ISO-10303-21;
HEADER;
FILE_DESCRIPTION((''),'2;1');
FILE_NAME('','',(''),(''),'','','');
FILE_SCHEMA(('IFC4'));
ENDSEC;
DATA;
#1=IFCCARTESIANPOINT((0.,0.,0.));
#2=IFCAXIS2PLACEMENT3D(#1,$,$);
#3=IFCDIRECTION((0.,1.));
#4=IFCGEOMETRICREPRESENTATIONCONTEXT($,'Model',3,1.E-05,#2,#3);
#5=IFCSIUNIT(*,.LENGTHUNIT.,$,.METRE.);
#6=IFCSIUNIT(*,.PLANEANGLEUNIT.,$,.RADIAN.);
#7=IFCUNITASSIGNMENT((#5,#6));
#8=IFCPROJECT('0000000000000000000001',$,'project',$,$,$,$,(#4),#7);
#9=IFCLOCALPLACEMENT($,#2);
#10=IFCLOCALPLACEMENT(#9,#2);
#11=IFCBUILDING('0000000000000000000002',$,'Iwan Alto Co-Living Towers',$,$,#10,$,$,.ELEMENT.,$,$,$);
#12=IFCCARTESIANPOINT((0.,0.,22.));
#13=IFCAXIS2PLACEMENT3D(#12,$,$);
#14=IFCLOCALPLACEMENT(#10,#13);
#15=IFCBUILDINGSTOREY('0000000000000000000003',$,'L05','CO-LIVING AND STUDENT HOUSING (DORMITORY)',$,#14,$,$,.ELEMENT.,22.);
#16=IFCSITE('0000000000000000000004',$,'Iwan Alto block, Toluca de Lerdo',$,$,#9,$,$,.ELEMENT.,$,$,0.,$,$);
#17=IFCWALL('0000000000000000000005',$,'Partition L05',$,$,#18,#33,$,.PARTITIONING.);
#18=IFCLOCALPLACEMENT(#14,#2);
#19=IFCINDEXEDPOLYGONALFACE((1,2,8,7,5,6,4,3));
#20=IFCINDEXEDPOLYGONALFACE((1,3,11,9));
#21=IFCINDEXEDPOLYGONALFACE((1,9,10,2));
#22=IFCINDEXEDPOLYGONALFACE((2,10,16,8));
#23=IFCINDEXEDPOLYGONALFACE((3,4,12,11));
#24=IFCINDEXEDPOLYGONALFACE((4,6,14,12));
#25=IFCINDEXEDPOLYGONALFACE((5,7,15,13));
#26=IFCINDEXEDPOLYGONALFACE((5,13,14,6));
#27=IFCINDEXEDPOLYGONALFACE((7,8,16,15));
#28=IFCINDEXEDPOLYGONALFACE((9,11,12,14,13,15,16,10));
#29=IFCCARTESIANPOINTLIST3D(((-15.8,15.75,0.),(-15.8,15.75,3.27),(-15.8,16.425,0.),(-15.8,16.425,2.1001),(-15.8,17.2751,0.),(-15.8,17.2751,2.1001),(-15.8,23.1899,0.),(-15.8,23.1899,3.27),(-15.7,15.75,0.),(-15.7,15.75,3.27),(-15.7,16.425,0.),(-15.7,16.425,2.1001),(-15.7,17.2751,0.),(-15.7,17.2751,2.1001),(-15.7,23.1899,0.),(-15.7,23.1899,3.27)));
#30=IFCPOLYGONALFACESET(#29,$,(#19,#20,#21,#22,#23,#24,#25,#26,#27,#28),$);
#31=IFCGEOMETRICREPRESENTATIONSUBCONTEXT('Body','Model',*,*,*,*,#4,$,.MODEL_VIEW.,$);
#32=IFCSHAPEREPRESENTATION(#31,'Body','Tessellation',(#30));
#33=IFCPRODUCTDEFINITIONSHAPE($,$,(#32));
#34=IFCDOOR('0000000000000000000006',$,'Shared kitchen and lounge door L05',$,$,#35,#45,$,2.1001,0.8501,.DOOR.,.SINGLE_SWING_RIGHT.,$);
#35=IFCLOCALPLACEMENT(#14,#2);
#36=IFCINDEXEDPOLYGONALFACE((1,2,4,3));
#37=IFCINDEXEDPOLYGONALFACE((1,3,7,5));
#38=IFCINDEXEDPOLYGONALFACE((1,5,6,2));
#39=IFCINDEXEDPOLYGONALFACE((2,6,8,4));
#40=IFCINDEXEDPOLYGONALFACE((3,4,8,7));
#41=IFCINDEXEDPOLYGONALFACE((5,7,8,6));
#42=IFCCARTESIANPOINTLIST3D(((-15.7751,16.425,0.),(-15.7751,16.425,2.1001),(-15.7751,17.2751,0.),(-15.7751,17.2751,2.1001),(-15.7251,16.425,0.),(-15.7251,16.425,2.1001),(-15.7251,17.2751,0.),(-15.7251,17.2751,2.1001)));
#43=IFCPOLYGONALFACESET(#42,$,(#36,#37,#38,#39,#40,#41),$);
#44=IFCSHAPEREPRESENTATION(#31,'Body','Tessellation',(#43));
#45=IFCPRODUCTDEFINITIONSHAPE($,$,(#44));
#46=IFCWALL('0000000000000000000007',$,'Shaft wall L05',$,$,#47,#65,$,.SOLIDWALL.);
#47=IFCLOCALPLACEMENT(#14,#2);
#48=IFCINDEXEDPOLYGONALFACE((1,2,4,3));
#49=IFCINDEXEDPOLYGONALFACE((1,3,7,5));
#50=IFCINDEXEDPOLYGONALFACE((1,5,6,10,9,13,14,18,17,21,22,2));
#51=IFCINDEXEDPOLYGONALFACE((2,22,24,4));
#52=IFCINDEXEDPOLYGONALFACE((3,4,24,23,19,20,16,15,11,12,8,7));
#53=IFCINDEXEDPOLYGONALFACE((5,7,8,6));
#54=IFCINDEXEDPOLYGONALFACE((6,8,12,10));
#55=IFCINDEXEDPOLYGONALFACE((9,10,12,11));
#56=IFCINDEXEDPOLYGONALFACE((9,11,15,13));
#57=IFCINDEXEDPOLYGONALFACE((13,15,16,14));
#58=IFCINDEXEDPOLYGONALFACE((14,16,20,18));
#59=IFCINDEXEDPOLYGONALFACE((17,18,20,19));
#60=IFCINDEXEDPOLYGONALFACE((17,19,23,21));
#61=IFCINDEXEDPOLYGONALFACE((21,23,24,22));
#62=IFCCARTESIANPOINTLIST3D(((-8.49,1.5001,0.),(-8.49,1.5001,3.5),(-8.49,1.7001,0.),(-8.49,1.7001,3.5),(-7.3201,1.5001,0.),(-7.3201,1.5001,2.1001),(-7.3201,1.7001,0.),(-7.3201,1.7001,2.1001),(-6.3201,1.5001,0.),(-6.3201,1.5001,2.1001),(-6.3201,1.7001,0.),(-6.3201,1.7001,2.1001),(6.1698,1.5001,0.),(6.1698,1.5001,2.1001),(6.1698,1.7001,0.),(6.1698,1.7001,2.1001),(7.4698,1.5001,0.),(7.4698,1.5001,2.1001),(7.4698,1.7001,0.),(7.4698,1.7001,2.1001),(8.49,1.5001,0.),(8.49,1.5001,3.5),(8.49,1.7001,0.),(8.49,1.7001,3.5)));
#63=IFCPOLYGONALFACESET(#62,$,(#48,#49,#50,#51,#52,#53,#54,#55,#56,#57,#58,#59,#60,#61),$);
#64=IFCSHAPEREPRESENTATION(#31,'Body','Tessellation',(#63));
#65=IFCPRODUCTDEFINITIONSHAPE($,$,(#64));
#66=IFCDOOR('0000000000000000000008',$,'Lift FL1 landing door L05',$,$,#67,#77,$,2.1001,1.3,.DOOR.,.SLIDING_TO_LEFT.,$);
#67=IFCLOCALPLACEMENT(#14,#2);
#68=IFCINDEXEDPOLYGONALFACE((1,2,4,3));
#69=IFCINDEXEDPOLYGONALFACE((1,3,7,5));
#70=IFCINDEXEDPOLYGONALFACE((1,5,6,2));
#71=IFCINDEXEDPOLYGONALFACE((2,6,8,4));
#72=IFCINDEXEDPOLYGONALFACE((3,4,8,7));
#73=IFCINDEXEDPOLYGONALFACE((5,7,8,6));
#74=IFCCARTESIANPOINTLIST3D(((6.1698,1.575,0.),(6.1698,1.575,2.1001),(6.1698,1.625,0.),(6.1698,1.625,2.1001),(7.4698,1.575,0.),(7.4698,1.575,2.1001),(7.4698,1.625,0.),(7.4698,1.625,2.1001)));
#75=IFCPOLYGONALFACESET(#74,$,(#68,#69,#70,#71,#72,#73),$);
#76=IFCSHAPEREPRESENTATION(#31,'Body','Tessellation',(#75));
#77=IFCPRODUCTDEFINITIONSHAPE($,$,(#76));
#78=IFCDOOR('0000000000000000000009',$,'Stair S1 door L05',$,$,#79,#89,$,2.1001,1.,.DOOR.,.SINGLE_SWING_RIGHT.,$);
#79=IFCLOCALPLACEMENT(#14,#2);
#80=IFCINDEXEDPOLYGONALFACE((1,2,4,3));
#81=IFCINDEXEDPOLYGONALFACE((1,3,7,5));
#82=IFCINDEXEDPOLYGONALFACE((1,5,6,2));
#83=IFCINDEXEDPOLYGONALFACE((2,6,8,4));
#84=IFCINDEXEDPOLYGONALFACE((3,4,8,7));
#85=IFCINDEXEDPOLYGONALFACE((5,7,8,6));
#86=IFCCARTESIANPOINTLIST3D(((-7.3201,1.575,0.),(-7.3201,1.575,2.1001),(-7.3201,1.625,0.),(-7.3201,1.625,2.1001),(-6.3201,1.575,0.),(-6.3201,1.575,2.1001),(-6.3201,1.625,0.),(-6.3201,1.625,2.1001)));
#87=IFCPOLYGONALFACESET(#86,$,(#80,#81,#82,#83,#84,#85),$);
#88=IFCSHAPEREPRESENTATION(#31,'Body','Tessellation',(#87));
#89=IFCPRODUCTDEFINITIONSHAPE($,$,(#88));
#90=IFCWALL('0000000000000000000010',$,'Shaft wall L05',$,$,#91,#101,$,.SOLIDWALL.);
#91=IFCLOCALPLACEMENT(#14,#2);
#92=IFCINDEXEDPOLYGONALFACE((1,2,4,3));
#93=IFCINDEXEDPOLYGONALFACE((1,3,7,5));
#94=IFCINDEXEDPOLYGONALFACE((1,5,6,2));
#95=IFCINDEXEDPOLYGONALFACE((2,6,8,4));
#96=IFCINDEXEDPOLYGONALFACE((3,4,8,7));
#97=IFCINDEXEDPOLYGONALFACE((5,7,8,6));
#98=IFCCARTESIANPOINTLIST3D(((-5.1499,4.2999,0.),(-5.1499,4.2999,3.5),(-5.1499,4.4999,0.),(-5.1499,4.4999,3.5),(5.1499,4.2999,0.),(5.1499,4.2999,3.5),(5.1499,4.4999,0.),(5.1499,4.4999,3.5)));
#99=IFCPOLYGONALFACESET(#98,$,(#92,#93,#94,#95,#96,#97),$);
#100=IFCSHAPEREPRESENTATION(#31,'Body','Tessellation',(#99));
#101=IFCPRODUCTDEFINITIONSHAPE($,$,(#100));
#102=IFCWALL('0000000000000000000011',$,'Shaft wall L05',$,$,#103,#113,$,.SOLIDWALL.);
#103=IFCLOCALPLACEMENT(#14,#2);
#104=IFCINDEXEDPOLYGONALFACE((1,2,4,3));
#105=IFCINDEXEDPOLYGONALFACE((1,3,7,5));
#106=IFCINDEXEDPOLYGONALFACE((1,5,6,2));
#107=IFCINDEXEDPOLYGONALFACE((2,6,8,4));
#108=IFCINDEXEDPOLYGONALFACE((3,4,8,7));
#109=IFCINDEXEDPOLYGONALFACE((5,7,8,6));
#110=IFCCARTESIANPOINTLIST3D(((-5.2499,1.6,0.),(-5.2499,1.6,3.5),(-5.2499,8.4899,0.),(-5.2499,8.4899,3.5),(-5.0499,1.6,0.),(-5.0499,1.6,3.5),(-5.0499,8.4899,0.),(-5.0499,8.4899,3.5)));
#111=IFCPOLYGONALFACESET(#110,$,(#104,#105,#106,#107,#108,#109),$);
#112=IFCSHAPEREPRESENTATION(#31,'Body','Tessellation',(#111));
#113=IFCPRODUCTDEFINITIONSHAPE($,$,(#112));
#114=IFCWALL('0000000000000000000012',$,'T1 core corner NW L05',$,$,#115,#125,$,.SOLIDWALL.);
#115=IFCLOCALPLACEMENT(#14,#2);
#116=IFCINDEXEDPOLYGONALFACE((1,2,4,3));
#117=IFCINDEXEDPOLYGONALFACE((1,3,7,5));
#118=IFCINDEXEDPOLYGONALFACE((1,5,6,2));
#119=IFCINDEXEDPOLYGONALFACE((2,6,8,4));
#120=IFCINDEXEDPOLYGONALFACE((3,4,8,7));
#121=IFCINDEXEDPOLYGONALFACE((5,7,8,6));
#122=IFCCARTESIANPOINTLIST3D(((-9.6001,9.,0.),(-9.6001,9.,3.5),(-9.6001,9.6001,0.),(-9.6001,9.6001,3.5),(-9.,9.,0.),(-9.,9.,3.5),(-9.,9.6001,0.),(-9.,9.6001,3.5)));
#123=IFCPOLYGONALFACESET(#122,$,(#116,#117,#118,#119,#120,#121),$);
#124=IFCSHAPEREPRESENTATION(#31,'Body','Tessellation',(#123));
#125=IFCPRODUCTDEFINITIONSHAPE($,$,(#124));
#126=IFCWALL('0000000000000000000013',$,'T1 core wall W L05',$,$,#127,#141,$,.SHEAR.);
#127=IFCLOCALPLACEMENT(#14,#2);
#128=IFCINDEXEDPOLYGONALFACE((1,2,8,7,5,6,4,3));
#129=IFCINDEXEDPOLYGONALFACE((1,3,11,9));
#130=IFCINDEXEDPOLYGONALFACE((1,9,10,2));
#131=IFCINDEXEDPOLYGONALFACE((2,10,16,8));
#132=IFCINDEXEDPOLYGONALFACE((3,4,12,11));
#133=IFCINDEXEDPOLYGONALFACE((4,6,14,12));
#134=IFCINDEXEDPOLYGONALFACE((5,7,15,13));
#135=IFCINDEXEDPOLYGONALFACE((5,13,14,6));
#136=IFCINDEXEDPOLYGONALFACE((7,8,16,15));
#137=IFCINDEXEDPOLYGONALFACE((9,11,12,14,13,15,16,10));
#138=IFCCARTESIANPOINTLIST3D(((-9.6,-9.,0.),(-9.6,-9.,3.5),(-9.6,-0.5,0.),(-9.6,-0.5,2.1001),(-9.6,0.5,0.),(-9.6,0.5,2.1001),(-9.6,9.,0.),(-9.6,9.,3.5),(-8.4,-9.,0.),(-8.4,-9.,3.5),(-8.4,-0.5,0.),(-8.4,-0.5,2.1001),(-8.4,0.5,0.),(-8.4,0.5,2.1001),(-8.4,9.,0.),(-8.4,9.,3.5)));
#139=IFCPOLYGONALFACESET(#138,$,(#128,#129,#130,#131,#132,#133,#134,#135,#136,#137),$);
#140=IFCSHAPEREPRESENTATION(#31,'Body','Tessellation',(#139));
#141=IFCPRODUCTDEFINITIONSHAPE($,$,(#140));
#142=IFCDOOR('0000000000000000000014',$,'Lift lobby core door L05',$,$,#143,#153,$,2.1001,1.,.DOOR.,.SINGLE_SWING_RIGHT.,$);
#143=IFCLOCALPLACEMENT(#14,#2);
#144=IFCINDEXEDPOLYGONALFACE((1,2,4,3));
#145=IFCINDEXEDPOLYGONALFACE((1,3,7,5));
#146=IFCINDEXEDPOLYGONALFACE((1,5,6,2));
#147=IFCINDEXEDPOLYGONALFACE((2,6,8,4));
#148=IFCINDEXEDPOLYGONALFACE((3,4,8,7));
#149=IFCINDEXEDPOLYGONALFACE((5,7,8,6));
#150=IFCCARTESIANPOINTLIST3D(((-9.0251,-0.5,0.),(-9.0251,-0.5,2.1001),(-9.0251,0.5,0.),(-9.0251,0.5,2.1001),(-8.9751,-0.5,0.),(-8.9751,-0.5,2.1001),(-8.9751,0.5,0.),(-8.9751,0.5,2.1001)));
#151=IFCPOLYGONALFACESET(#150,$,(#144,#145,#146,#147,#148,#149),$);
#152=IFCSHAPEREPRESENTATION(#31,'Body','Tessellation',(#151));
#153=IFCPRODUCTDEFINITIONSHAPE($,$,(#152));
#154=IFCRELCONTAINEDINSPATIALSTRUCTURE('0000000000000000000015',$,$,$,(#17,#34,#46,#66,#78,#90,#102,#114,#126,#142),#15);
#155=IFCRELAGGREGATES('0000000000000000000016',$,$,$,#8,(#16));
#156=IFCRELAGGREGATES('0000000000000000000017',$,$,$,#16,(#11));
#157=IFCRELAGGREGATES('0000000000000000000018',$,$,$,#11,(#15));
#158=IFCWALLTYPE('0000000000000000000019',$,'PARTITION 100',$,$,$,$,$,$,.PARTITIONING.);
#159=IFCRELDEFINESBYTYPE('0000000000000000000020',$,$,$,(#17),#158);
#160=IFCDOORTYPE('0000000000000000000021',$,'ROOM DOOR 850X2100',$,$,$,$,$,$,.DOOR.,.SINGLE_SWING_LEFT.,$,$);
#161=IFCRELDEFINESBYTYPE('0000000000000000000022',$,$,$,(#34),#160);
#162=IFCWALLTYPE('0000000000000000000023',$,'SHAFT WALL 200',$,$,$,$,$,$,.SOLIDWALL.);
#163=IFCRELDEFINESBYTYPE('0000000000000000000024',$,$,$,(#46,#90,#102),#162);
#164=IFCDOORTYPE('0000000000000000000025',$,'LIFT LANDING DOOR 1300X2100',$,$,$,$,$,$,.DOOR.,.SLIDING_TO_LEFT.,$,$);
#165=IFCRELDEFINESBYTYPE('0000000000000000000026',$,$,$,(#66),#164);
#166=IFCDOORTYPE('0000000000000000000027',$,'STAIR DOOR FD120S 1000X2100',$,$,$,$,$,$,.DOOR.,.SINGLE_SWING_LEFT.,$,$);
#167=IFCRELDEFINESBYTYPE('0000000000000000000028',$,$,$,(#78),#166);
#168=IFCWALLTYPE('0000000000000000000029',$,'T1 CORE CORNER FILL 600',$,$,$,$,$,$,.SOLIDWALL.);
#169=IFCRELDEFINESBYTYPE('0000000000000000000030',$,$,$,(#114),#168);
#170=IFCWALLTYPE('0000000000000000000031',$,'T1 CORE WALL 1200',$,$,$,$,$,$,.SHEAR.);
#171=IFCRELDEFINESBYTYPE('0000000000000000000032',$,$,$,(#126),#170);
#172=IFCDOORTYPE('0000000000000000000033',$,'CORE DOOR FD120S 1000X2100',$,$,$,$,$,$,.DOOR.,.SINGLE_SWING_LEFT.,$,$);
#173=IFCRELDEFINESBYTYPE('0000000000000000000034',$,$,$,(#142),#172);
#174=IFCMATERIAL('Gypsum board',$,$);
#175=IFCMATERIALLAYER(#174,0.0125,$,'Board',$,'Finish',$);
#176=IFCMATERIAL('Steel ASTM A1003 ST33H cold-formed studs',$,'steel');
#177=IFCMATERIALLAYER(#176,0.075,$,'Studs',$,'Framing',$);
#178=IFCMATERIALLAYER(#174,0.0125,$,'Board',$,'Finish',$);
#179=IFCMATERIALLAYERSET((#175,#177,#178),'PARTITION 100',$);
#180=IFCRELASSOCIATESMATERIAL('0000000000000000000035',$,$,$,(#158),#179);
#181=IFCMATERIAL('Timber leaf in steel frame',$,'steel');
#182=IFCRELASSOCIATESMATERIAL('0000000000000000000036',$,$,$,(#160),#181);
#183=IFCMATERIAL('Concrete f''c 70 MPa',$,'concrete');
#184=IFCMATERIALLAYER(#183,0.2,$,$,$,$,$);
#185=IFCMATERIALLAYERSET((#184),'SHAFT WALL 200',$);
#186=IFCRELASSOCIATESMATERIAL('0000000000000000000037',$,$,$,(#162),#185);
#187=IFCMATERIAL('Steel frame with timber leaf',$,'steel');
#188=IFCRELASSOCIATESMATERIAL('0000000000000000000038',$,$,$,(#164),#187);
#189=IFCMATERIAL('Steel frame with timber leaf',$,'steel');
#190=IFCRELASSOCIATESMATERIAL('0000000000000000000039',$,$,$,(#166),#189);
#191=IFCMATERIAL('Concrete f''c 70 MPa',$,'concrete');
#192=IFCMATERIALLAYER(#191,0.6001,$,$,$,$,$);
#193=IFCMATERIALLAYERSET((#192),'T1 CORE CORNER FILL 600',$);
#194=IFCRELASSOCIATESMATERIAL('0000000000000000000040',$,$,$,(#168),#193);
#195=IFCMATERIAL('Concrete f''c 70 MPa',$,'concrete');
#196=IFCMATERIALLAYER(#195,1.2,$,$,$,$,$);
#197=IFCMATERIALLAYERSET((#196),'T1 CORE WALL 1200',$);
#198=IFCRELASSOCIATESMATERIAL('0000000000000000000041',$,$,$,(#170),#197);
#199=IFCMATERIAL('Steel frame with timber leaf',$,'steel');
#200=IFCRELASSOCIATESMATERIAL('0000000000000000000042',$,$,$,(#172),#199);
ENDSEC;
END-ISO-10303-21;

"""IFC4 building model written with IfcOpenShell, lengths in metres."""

from ifc_helpers import new_model, si_unit, direction, frame, frame_2d, origin, place, context, subcontext, project, spatial, rectangle, extrude, material, layer, layer_set, type_object, element, fill, save


model = new_model("IFC4")

# Units and contexts
model_context = context("Model", 3, precision=1e-05, world=origin(), true_north=direction((0.0, 1.0)))
body_context = subcontext(model_context, "Body", "Model", "MODEL_VIEW")
ifc_project = project(units=[si_unit("LENGTHUNIT", "METRE"), si_unit("PLANEANGLEUNIT", "RADIAN")], contexts=[model_context])

# Site, building, storey
site_placement = place(None, origin())
site = spatial("IfcSite", under=ifc_project, at=site_placement, Name="Iwan Alto block, Toluca de Lerdo", CompositionType="ELEMENT", RefElevation=0.0)
building_placement = place(site_placement, origin())
building = spatial("IfcBuilding", under=site, at=building_placement, Name="Iwan Alto Co-Living Towers", CompositionType="ELEMENT")
storey_placement = place(building_placement, frame((0.0, 0.0, 22.0)))
storey = spatial("IfcBuildingStorey", under=building, at=storey_placement, Name="L05", Description="CO-LIVING AND STUDENT HOUSING (DORMITORY)", CompositionType="ELEMENT", Elevation=22.0)

# Shared definitions
ifc_material_1 = material(Name="Gypsum board")
ifc_material_2 = material(Name="Steel ASTM A1003 ST33H cold-formed studs", Category="steel")

# Shared definitions
ifc_layer_1 = layer(ifc_material_1, 0.0125, Name="Board", Category="Finish")
ifc_layer_2 = layer(ifc_material_2, 0.075, Name="Studs", Category="Framing")
ifc_layer_3 = layer(ifc_material_1, 0.0125, Name="Board", Category="Finish")
ifc_layer_set_1 = layer_set([ifc_layer_1, ifc_layer_2, ifc_layer_3], Name="PARTITION 100")
wall_type_1 = type_object("IfcWallType", Name="PARTITION 100", PredefinedType="PARTITIONING", material=ifc_layer_set_1)

# Wall, opening, door
wall_1_placement = place(storey_placement, frame((-15.75, 15.75, 0.0), z_axis=(0.0, 0.0, 1.0), x_axis=(0.0, 1.0, 0.0)))
wall_1 = element("IfcWall", 1, at=wall_1_placement, inside=storey, type_object=wall_type_1, Name="Partition L05", PredefinedType="PARTITIONING", context=body_context, shape_type="SweptSolid", body=[
    extrude(rectangle(XDim=7.4399, YDim=0.1001, at=frame_2d((3.72, 0.0))), origin(), (0.0, 0.0, 1.0), 3.27),
])
opening_1_placement = place(wall_1_placement, frame((0.675, 0.0, 0.0)))
opening_1 = element("IfcOpeningElement", 2, at=opening_1_placement, cuts=wall_1, PredefinedType="OPENING", context=body_context, shape_type="SweptSolid", body=[
    extrude(rectangle(XDim=0.8501, YDim=2.1001, at=frame_2d((0.425, 1.05))), frame((0.0, 0.0601, 0.0), z_axis=(0.0, -1.0, 0.0), x_axis=(1.0, 0.0, 0.0)), (0.0, 0.0, 1.0), 0.1201),
])
ifc_material_3 = material(Name="Timber leaf in steel frame", Category="steel")
door_type_1 = type_object("IfcDoorType", Name="ROOM DOOR 850X2100", OperationType="SINGLE_SWING_LEFT", PredefinedType="DOOR", material=ifc_material_3)
door_1_placement = place(opening_1_placement, frame((0.8501, 0.0, 0.0), z_axis=(0.0, 0.0, 1.0), x_axis=(-1.0, 0.0, 0.0)))
door_1 = element("IfcDoor", 3, at=door_1_placement, inside=storey, type_object=door_type_1, Name="Shared kitchen and lounge door L05", OperationType="SINGLE_SWING_RIGHT", OverallHeight=2.1001, OverallWidth=0.8501, PredefinedType="DOOR", context=body_context, shape_type="SweptSolid", body=[
    extrude(rectangle(XDim=0.8501, YDim=2.1001, at=frame_2d((0.425, 1.05))), frame((0.0, 0.0249, 0.0), z_axis=(0.0, -1.0, 0.0), x_axis=(1.0, 0.0, 0.0)), (0.0, 0.0, 1.0), 0.05),
])
fill(opening_1, door_1)

# Wall, openings, doors
ifc_material_4 = material(Name="Concrete f'c 70 MPa", Category="concrete")
ifc_layer_4 = layer(ifc_material_4, 0.2)
ifc_layer_set_2 = layer_set([ifc_layer_4], Name="SHAFT WALL 200")
wall_type_2 = type_object("IfcWallType", Name="SHAFT WALL 200", PredefinedType="SOLIDWALL", material=ifc_layer_set_2)
wall_2_placement = place(storey_placement, frame((-8.49, 1.6001, 0.0), z_axis=(0.0, 0.0, 1.0), x_axis=(1.0, 0.0, 0.0)))
wall_2 = element("IfcWall", 4, at=wall_2_placement, inside=storey, type_object=wall_type_2, Name="Shaft wall L05", PredefinedType="SOLIDWALL", context=body_context, shape_type="SweptSolid", body=[
    extrude(rectangle(XDim=16.98, YDim=0.2, at=frame_2d((8.49, 0.0))), origin(), (0.0, 0.0, 1.0), 3.5),
])
opening_2_placement = place(wall_2_placement, frame((1.1699, 0.0, 0.0)))
opening_2 = element("IfcOpeningElement", 5, at=opening_2_placement, cuts=wall_2, PredefinedType="OPENING", context=body_context, shape_type="SweptSolid", body=[
    extrude(rectangle(XDim=1.0, YDim=2.1001, at=frame_2d((0.5, 1.05))), frame((0.0, 0.1099, 0.0), z_axis=(0.0, -1.0, 0.0), x_axis=(1.0, 0.0, 0.0)), (0.0, 0.0, 1.0), 0.22),
])
opening_3_placement = place(wall_2_placement, frame((14.6599, 0.0, 0.0)))
opening_3 = element("IfcOpeningElement", 6, at=opening_3_placement, cuts=wall_2, PredefinedType="OPENING", context=body_context, shape_type="SweptSolid", body=[
    extrude(rectangle(XDim=1.3, YDim=2.1001, at=frame_2d((0.6499, 1.05))), frame((0.0, 0.1099, 0.0), z_axis=(0.0, -1.0, 0.0), x_axis=(1.0, 0.0, 0.0)), (0.0, 0.0, 1.0), 0.22),
])
ifc_material_5 = material(Name="Steel frame with timber leaf", Category="steel")
door_type_2 = type_object("IfcDoorType", Name="LIFT LANDING DOOR 1300X2100", OperationType="SLIDING_TO_LEFT", PredefinedType="DOOR", material=ifc_material_5)
door_2_placement = place(opening_3_placement, origin())
door_2 = element("IfcDoor", 7, at=door_2_placement, inside=storey, type_object=door_type_2, Name="Lift FL1 landing door L05", OperationType="SLIDING_TO_LEFT", OverallHeight=2.1001, OverallWidth=1.3, PredefinedType="DOOR", context=body_context, shape_type="SweptSolid", body=[
    extrude(rectangle(XDim=1.3, YDim=2.1001, at=frame_2d((0.6499, 1.05))), frame((0.0, 0.0249, 0.0), z_axis=(0.0, -1.0, 0.0), x_axis=(1.0, 0.0, 0.0)), (0.0, 0.0, 1.0), 0.05),
])
fill(opening_3, door_2)
ifc_material_6 = material(Name="Steel frame with timber leaf", Category="steel")
door_type_3 = type_object("IfcDoorType", Name="STAIR DOOR FD120S 1000X2100", OperationType="SINGLE_SWING_LEFT", PredefinedType="DOOR", material=ifc_material_6)
door_3_placement = place(opening_2_placement, origin())
door_3 = element("IfcDoor", 8, at=door_3_placement, inside=storey, type_object=door_type_3, Name="Stair S1 door L05", OperationType="SINGLE_SWING_RIGHT", OverallHeight=2.1001, OverallWidth=1.0, PredefinedType="DOOR", context=body_context, shape_type="SweptSolid", body=[
    extrude(rectangle(XDim=1.0, YDim=2.1001, at=frame_2d((0.5, 1.05))), frame((0.0, 0.0249, 0.0), z_axis=(0.0, -1.0, 0.0), x_axis=(1.0, 0.0, 0.0)), (0.0, 0.0, 1.0), 0.05),
])
fill(opening_2, door_3)

# Walls
wall_3_placement = place(storey_placement, frame((-5.1499, 4.3999, 0.0), z_axis=(0.0, 0.0, 1.0), x_axis=(1.0, 0.0, 0.0)))
element("IfcWall", 9, at=wall_3_placement, inside=storey, type_object=wall_type_2, Name="Shaft wall L05", PredefinedType="SOLIDWALL", context=body_context, shape_type="SweptSolid", body=[
    extrude(rectangle(XDim=10.2998, YDim=0.2, at=frame_2d((5.1499, 0.0))), origin(), (0.0, 0.0, 1.0), 3.5),
])
wall_4_placement = place(storey_placement, frame((-5.1499, 1.6001, 0.0), z_axis=(0.0, 0.0, 1.0), x_axis=(0.0, 1.0, 0.0)))
element("IfcWall", 10, at=wall_4_placement, inside=storey, type_object=wall_type_2, Name="Shaft wall L05", PredefinedType="SOLIDWALL", context=body_context, shape_type="SweptSolid", body=[
    extrude(rectangle(XDim=6.8899, YDim=0.2, at=frame_2d((3.4448, 0.0))), origin(), (0.0, 0.0, 1.0), 3.5),
])
ifc_material_7 = material(Name="Concrete f'c 70 MPa", Category="concrete")
ifc_layer_5 = layer(ifc_material_7, 0.6001)
ifc_layer_set_3 = layer_set([ifc_layer_5], Name="T1 CORE CORNER FILL 600")
wall_type_3 = type_object("IfcWallType", Name="T1 CORE CORNER FILL 600", PredefinedType="SOLIDWALL", material=ifc_layer_set_3)
wall_5_placement = place(storey_placement, frame((-9.6001, 9.3, 0.0), z_axis=(0.0, 0.0, 1.0), x_axis=(1.0, 0.0, 0.0)))
element("IfcWall", 11, at=wall_5_placement, inside=storey, type_object=wall_type_3, Name="T1 core corner NW L05", PredefinedType="SOLIDWALL", context=body_context, shape_type="SweptSolid", body=[
    extrude(rectangle(XDim=0.6001, YDim=0.6001, at=frame_2d((0.3, 0.0))), origin(), (0.0, 0.0, 1.0), 3.5),
])

# Wall, opening, door
ifc_material_8 = material(Name="Concrete f'c 70 MPa", Category="concrete")
ifc_layer_6 = layer(ifc_material_8, 1.2)
ifc_layer_set_4 = layer_set([ifc_layer_6], Name="T1 CORE WALL 1200")
wall_type_4 = type_object("IfcWallType", Name="T1 CORE WALL 1200", PredefinedType="SHEAR", material=ifc_layer_set_4)
wall_6_placement = place(storey_placement, frame((-9.0, 9.0, 0.0), z_axis=(0.0, 0.0, 1.0), x_axis=(0.0, -1.0, 0.0)))
wall_6 = element("IfcWall", 12, at=wall_6_placement, inside=storey, type_object=wall_type_4, Name="T1 core wall W L05", PredefinedType="SHEAR", context=body_context, shape_type="SweptSolid", body=[
    extrude(rectangle(XDim=18.0, YDim=1.2, at=frame_2d((9.0, 0.0))), origin(), (0.0, 0.0, 1.0), 3.5),
])
opening_4_placement = place(wall_6_placement, frame((8.5, 0.0, 0.0)))
opening_4 = element("IfcOpeningElement", 13, at=opening_4_placement, cuts=wall_6, PredefinedType="OPENING", context=body_context, shape_type="SweptSolid", body=[
    extrude(rectangle(XDim=1.0, YDim=2.1001, at=frame_2d((0.5, 1.05))), frame((0.0, 0.6099, 0.0), z_axis=(0.0, -1.0, 0.0), x_axis=(1.0, 0.0, 0.0)), (0.0, 0.0, 1.0), 1.22),
])
ifc_material_9 = material(Name="Steel frame with timber leaf", Category="steel")
door_type_4 = type_object("IfcDoorType", Name="CORE DOOR FD120S 1000X2100", OperationType="SINGLE_SWING_LEFT", PredefinedType="DOOR", material=ifc_material_9)
door_4_placement = place(opening_4_placement, origin())
door_4 = element("IfcDoor", 14, at=door_4_placement, inside=storey, type_object=door_type_4, Name="Lift lobby core door L05", OperationType="SINGLE_SWING_RIGHT", OverallHeight=2.1001, OverallWidth=1.0, PredefinedType="DOOR", context=body_context, shape_type="SweptSolid", body=[
    extrude(rectangle(XDim=1.0, YDim=2.1001, at=frame_2d((0.5, 1.05))), frame((0.0, 0.0249, 0.0), z_axis=(0.0, -1.0, 0.0), x_axis=(1.0, 0.0, 0.0)), (0.0, 0.0, 1.0), 0.05),
])
fill(opening_4, door_4)

save(model, "model.ifc")
